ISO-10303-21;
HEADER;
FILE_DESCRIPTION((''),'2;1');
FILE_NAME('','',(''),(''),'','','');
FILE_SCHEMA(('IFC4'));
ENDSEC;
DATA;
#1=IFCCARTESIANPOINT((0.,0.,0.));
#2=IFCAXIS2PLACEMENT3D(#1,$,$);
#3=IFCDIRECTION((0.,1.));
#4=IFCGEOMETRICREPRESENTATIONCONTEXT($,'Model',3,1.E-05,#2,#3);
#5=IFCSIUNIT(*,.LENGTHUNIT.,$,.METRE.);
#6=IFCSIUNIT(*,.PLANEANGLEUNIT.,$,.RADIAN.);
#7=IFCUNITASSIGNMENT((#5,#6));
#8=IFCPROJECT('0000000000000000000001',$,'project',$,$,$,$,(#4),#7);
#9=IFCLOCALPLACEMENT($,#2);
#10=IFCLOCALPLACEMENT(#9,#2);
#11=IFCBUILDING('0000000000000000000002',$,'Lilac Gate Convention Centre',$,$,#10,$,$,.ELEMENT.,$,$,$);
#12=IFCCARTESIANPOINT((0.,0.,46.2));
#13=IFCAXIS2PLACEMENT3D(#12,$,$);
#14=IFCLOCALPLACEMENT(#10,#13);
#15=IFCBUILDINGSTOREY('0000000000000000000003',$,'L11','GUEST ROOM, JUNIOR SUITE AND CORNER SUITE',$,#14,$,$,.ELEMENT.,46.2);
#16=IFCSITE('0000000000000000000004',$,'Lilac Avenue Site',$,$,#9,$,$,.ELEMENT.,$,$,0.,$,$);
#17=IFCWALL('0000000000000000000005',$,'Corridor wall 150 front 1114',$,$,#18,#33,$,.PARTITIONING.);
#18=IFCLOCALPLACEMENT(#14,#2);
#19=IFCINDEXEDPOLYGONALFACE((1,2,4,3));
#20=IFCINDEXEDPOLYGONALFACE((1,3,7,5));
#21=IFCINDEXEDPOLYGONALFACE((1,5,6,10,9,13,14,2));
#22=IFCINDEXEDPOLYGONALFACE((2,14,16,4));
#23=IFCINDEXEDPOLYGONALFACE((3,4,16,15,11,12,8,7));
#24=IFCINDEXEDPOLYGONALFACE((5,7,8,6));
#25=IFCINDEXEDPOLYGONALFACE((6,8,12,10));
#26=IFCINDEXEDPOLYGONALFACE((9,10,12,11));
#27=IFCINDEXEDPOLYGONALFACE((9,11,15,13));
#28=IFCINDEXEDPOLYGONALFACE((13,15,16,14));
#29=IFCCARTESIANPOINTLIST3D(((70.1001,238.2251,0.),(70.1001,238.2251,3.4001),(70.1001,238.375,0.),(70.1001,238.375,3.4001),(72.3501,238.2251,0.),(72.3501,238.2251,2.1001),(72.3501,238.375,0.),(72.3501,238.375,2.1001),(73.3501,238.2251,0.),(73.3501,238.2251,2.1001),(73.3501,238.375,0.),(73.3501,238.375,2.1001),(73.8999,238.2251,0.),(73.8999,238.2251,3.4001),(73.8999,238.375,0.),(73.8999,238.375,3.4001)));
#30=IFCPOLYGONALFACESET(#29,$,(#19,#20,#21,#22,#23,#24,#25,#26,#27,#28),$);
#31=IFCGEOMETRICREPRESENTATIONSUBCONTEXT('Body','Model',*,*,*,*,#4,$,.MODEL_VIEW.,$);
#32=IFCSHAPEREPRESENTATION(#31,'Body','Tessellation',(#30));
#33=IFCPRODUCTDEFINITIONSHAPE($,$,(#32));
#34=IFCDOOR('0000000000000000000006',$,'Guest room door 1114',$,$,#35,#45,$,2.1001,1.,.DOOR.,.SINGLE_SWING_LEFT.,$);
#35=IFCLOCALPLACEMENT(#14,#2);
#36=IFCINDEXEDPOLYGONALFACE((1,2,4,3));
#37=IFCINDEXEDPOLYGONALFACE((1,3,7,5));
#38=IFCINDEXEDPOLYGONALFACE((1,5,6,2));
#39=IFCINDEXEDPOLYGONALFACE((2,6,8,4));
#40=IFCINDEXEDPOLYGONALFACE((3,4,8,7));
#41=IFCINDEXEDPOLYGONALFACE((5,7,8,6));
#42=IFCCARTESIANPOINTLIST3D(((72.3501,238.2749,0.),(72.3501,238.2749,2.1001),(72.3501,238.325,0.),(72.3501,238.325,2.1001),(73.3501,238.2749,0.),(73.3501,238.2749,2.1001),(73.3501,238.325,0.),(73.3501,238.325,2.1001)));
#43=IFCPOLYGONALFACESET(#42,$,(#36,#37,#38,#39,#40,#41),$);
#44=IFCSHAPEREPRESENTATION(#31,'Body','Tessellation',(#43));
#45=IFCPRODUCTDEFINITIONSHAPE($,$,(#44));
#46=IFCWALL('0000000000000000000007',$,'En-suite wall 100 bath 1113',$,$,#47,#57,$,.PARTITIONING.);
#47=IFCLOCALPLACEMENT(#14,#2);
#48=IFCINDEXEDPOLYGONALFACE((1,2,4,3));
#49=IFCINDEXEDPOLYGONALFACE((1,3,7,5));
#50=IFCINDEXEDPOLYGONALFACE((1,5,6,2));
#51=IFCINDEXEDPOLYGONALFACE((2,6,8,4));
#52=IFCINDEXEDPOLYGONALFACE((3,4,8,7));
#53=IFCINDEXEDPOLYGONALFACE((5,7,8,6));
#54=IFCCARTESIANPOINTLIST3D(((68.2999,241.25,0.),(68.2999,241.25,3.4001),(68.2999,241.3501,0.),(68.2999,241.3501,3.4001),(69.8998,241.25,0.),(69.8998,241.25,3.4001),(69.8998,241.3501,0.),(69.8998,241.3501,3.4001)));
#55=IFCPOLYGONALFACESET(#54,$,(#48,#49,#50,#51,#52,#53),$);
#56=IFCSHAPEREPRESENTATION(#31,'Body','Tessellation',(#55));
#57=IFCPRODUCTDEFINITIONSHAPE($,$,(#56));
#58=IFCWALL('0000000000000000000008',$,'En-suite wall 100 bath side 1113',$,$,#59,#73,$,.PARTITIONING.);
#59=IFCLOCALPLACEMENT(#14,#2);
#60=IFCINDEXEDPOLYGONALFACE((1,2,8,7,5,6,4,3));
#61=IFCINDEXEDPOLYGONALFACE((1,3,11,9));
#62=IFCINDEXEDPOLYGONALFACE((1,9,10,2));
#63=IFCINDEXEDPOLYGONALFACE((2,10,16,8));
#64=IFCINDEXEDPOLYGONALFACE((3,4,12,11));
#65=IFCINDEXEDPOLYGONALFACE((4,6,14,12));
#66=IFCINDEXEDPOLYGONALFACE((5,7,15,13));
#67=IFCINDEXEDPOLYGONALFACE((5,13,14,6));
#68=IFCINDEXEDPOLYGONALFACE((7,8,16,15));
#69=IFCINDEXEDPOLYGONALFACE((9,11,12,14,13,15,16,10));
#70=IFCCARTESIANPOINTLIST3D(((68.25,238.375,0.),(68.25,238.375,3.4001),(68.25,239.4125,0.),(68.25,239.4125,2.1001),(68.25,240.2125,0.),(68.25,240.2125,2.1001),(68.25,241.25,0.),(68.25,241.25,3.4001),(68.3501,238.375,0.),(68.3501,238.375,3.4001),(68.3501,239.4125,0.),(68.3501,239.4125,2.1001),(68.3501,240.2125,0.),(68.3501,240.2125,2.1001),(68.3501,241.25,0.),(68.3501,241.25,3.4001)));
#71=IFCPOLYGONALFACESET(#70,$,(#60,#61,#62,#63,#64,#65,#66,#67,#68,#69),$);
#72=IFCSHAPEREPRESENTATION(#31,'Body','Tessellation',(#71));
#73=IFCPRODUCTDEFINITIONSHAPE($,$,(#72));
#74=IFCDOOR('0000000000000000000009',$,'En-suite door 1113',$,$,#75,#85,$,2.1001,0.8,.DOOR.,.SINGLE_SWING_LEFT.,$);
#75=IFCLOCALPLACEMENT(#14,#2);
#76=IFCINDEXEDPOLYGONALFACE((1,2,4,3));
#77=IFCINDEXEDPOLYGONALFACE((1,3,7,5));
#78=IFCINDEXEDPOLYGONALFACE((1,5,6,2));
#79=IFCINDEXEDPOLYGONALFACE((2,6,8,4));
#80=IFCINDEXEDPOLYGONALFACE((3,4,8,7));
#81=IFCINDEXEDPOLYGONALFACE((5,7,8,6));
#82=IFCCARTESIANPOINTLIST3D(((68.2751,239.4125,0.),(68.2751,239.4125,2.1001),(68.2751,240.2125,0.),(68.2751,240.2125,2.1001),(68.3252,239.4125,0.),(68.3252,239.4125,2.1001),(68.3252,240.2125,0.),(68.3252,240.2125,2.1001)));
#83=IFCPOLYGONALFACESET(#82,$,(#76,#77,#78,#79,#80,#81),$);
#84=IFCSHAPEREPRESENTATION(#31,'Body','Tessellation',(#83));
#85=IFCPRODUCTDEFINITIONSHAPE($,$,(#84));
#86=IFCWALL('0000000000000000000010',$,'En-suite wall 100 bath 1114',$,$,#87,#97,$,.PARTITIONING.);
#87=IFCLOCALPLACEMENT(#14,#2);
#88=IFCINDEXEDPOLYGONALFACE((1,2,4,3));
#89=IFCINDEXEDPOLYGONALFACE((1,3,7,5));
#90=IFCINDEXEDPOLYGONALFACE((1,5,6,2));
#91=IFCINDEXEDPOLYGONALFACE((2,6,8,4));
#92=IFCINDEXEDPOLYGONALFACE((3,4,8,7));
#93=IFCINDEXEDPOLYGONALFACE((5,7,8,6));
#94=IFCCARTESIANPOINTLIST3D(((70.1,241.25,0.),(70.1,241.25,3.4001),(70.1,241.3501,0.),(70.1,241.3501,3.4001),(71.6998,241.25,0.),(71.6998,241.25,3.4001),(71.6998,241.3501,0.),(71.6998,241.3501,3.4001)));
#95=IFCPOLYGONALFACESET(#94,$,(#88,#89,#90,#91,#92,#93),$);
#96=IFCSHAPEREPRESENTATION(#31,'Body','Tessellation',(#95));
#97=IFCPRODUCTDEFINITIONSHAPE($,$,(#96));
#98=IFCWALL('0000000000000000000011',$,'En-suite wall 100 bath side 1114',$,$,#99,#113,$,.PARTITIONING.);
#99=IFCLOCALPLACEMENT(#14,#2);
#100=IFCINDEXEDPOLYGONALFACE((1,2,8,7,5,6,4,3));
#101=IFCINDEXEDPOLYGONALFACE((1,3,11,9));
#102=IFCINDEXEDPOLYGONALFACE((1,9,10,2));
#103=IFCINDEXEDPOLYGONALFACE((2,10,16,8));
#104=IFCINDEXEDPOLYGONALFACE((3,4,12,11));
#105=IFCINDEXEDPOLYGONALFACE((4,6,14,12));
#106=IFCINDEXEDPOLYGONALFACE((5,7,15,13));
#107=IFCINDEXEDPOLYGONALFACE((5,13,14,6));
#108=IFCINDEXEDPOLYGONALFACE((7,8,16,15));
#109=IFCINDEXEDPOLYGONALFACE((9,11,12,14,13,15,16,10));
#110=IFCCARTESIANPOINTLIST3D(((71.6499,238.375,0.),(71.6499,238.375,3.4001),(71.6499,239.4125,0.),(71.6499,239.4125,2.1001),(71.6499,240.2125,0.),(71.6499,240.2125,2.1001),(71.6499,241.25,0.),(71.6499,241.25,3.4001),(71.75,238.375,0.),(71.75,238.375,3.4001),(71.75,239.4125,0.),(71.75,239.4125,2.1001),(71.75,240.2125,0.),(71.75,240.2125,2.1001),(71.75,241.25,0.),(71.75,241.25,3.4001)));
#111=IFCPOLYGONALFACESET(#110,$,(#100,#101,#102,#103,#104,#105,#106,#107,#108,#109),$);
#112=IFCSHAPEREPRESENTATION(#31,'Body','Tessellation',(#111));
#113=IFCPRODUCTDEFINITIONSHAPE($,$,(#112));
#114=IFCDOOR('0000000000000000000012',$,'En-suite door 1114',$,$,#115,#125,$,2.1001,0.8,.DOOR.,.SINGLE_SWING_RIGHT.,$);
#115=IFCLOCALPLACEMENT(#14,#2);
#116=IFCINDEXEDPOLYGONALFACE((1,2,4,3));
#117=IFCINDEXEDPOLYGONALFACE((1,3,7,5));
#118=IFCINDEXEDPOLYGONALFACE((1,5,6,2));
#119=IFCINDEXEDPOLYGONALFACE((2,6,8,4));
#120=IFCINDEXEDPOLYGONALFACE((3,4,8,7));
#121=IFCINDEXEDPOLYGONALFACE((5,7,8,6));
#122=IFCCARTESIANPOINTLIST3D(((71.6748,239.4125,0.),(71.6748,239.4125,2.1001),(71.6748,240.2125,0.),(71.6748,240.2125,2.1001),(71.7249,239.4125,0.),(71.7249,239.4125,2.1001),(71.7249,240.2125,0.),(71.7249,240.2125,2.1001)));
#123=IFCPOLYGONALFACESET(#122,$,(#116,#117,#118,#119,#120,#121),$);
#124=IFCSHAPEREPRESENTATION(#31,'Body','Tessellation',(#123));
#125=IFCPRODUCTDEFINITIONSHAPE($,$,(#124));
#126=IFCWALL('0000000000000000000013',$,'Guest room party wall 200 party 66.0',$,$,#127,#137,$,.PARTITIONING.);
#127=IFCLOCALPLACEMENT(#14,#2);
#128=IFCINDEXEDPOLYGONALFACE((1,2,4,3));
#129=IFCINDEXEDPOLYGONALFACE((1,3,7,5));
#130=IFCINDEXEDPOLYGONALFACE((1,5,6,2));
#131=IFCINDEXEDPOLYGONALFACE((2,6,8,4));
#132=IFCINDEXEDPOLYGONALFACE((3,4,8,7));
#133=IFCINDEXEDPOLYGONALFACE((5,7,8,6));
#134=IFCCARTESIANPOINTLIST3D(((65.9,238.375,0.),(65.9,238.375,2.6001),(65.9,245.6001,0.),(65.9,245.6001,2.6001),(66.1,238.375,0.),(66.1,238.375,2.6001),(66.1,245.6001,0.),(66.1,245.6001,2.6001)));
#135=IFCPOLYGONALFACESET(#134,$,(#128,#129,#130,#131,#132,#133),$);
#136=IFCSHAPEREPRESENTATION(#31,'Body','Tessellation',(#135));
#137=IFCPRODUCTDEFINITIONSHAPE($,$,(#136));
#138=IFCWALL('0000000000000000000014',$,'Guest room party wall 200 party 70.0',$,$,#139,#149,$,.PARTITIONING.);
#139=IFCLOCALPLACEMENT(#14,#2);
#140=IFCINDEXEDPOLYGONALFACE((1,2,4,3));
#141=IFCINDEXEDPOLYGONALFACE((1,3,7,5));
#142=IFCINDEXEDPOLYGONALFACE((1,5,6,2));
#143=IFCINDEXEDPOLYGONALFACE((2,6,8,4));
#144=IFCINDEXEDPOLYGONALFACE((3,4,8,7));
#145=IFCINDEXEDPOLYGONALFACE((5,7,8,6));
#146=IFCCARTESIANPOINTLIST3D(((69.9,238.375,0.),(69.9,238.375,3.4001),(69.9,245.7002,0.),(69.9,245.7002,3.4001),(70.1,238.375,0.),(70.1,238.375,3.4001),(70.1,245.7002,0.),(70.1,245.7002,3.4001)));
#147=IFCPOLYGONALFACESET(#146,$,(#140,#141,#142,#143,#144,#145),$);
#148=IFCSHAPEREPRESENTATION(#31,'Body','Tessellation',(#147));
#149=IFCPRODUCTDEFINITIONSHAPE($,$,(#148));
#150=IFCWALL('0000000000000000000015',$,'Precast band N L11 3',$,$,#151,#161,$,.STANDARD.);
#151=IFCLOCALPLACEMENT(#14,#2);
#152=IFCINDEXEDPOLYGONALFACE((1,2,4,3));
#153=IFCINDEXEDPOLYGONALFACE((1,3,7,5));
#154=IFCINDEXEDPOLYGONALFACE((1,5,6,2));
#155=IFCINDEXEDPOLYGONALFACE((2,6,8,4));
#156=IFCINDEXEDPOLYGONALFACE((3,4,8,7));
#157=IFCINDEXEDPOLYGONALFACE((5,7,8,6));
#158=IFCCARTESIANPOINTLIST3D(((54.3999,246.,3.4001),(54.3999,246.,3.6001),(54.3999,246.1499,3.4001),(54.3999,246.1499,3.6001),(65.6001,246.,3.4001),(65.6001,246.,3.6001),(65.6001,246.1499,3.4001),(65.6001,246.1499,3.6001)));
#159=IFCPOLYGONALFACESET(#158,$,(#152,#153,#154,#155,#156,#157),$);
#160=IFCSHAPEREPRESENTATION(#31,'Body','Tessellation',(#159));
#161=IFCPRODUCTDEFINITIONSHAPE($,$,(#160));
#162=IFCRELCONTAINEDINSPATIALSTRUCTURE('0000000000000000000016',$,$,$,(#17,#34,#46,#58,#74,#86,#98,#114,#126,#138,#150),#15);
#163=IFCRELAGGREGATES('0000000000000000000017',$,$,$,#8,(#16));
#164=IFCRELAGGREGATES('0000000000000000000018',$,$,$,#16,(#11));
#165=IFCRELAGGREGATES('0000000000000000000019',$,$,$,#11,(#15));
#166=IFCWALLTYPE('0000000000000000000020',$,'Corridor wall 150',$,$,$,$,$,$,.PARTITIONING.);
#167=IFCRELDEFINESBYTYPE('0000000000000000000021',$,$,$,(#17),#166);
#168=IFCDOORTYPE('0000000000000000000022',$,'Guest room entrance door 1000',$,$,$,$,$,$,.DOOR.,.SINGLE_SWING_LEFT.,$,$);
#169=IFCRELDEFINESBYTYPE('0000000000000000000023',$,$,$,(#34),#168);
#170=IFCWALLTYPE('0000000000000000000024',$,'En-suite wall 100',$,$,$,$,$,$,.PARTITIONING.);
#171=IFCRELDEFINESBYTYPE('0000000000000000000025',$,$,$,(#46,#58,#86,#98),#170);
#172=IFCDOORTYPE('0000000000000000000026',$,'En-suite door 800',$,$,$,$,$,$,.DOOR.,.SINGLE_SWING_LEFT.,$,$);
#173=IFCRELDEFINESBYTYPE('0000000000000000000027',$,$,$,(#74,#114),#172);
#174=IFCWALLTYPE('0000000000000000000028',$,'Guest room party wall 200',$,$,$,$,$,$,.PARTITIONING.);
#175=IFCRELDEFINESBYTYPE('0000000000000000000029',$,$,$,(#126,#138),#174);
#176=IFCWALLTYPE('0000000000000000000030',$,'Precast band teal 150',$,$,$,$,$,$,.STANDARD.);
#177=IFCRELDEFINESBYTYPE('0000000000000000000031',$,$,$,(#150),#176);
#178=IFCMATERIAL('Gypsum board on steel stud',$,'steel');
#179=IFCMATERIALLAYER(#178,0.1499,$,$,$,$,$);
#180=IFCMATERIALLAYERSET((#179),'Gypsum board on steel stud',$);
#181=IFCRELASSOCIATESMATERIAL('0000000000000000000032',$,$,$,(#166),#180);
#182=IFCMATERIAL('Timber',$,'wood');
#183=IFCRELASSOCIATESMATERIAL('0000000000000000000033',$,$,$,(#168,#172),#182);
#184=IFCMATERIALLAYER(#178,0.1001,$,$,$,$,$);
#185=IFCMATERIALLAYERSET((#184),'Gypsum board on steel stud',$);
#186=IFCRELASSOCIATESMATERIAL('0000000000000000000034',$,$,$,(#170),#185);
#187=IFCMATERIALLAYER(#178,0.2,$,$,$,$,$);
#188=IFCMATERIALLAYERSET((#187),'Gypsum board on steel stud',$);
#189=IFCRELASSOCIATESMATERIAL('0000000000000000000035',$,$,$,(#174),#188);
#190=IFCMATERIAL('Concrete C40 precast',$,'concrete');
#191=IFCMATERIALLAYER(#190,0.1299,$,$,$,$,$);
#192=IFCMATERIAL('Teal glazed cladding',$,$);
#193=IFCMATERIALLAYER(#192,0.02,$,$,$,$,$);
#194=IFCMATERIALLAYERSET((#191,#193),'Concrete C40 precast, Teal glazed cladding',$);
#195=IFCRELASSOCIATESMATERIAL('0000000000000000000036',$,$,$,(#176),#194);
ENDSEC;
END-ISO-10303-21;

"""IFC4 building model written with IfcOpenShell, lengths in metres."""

from ifc_helpers import new_model, si_unit, direction, frame, frame_2d, origin, place, context, subcontext, project, spatial, rectangle, extrude, material, layer, layer_set, type_object, element, fill, save


model = new_model("IFC4")

# Units and contexts
model_context = context("Model", 3, precision=1e-05, world=origin(), true_north=direction((0.0, 1.0)))
body_context = subcontext(model_context, "Body", "Model", "MODEL_VIEW")
ifc_project = project(units=[si_unit("LENGTHUNIT", "METRE"), si_unit("PLANEANGLEUNIT", "RADIAN")], contexts=[model_context])

# Site, building, storey
site_placement = place(None, origin())
site = spatial("IfcSite", under=ifc_project, at=site_placement, Name="Lilac Avenue Site", CompositionType="ELEMENT", RefElevation=0.0)
building_placement = place(site_placement, origin())
building = spatial("IfcBuilding", under=site, at=building_placement, Name="Lilac Gate Convention Centre", CompositionType="ELEMENT")
storey_placement = place(building_placement, frame((0.0, 0.0, 46.2)))
storey = spatial("IfcBuildingStorey", under=building, at=storey_placement, Name="L11", Description="GUEST ROOM, JUNIOR SUITE AND CORNER SUITE", CompositionType="ELEMENT", Elevation=46.2)

# Wall, opening, door
ifc_material_1 = material(Name="Gypsum board on steel stud", Category="steel")
ifc_layer_1 = layer(ifc_material_1, 0.1499)
ifc_layer_set_1 = layer_set([ifc_layer_1], Name="Gypsum board on steel stud")
wall_type_1 = type_object("IfcWallType", Name="Corridor wall 150", PredefinedType="PARTITIONING", material=ifc_layer_set_1)
ifc_material_2 = material(Name="Timber", Category="wood")
door_type_1 = type_object("IfcDoorType", Name="Guest room entrance door 1000", OperationType="SINGLE_SWING_LEFT", PredefinedType="DOOR", material=ifc_material_2)
wall_1_placement = place(storey_placement, frame((70.1001, 238.3, 0.0), z_axis=(0.0, 0.0, 1.0), x_axis=(1.0, 0.0, 0.0)))
wall_1 = element("IfcWall", 1, at=wall_1_placement, inside=storey, type_object=wall_type_1, Name="Corridor wall 150 front 1114", PredefinedType="PARTITIONING", context=body_context, shape_type="SweptSolid", body=[
    extrude(rectangle(XDim=3.7998, YDim=0.1499, at=frame_2d((1.8999, 0.0))), origin(), (0.0, 0.0, 1.0), 3.4001),
])
opening_1_placement = place(wall_1_placement, frame((2.25, 0.0, 0.0)))
opening_1 = element("IfcOpeningElement", 2, at=opening_1_placement, cuts=wall_1, PredefinedType="OPENING", context=body_context, shape_type="SweptSolid", body=[
    extrude(rectangle(XDim=1.0, YDim=2.1001, at=frame_2d((0.5, 1.05))), frame((0.0, 0.085, 0.0), z_axis=(0.0, -1.0, 0.0), x_axis=(1.0, 0.0, 0.0)), (0.0, 0.0, 1.0), 0.1699),
])
door_1_placement = place(opening_1_placement, origin())
door_1 = element("IfcDoor", 3, at=door_1_placement, inside=storey, type_object=door_type_1, Name="Guest room door 1114", OperationType="SINGLE_SWING_LEFT", OverallHeight=2.1001, OverallWidth=1.0, PredefinedType="DOOR", context=body_context, shape_type="SweptSolid", body=[
    extrude(rectangle(XDim=1.0, YDim=2.1001, at=frame_2d((0.5, 1.05))), frame((0.0, 0.0249, 0.0), z_axis=(0.0, -1.0, 0.0), x_axis=(1.0, 0.0, 0.0)), (0.0, 0.0, 1.0), 0.05),
])
fill(opening_1, door_1)

# Wall
ifc_layer_2 = layer(ifc_material_1, 0.1001)
ifc_layer_set_2 = layer_set([ifc_layer_2], Name="Gypsum board on steel stud")
wall_type_2 = type_object("IfcWallType", Name="En-suite wall 100", PredefinedType="PARTITIONING", material=ifc_layer_set_2)
wall_2_placement = place(storey_placement, frame((68.3, 241.3, 0.0), z_axis=(0.0, 0.0, 1.0), x_axis=(1.0, 0.0, 0.0)))
element("IfcWall", 4, at=wall_2_placement, inside=storey, type_object=wall_type_2, Name="En-suite wall 100 bath 1113", PredefinedType="PARTITIONING", context=body_context, shape_type="SweptSolid", body=[
    extrude(rectangle(XDim=1.5999, YDim=0.1001, at=frame_2d((0.7998, 0.0))), origin(), (0.0, 0.0, 1.0), 3.4001),
])

# Wall, opening, door
wall_3_placement = place(storey_placement, frame((68.3, 238.375, 0.0), z_axis=(0.0, 0.0, 1.0), x_axis=(0.0, 1.0, 0.0)))
wall_3 = element("IfcWall", 5, at=wall_3_placement, inside=storey, type_object=wall_type_2, Name="En-suite wall 100 bath side 1113", PredefinedType="PARTITIONING", context=body_context, shape_type="SweptSolid", body=[
    extrude(rectangle(XDim=2.875, YDim=0.1001, at=frame_2d((1.4375, 0.0))), origin(), (0.0, 0.0, 1.0), 3.4001),
])
opening_2_placement = place(wall_3_placement, frame((1.0376, 0.0, 0.0)))
opening_2 = element("IfcOpeningElement", 6, at=opening_2_placement, cuts=wall_3, PredefinedType="OPENING", context=body_context, shape_type="SweptSolid", body=[
    extrude(rectangle(XDim=0.8, YDim=2.1001, at=frame_2d((0.3999, 1.05))), frame((0.0, 0.0601, 0.0), z_axis=(0.0, -1.0, 0.0), x_axis=(1.0, 0.0, 0.0)), (0.0, 0.0, 1.0), 0.1201),
])
door_type_2 = type_object("IfcDoorType", Name="En-suite door 800", OperationType="SINGLE_SWING_LEFT", PredefinedType="DOOR", material=ifc_material_2)
door_2_placement = place(opening_2_placement, origin())
door_2 = element("IfcDoor", 7, at=door_2_placement, inside=storey, type_object=door_type_2, Name="En-suite door 1113", OperationType="SINGLE_SWING_LEFT", OverallHeight=2.1001, OverallWidth=0.8, PredefinedType="DOOR", context=body_context, shape_type="SweptSolid", body=[
    extrude(rectangle(XDim=0.8, YDim=2.1001, at=frame_2d((0.3999, 1.05))), frame((0.0, 0.0249, 0.0), z_axis=(0.0, -1.0, 0.0), x_axis=(1.0, 0.0, 0.0)), (0.0, 0.0, 1.0), 0.05),
])
fill(opening_2, door_2)

# Wall
wall_4_placement = place(storey_placement, frame((70.1001, 241.3, 0.0), z_axis=(0.0, 0.0, 1.0), x_axis=(1.0, 0.0, 0.0)))
element("IfcWall", 8, at=wall_4_placement, inside=storey, type_object=wall_type_2, Name="En-suite wall 100 bath 1114", PredefinedType="PARTITIONING", context=body_context, shape_type="SweptSolid", body=[
    extrude(rectangle(XDim=1.5999, YDim=0.1001, at=frame_2d((0.7998, 0.0))), origin(), (0.0, 0.0, 1.0), 3.4001),
])

# Wall, opening, door
wall_5_placement = place(storey_placement, frame((71.7, 241.25, 0.0), z_axis=(0.0, 0.0, 1.0), x_axis=(0.0, -1.0, 0.0)))
wall_5 = element("IfcWall", 9, at=wall_5_placement, inside=storey, type_object=wall_type_2, Name="En-suite wall 100 bath side 1114", PredefinedType="PARTITIONING", context=body_context, shape_type="SweptSolid", body=[
    extrude(rectangle(XDim=2.875, YDim=0.1001, at=frame_2d((1.4375, 0.0))), origin(), (0.0, 0.0, 1.0), 3.4001),
])
opening_3_placement = place(wall_5_placement, frame((1.0376, 0.0, 0.0)))
opening_3 = element("IfcOpeningElement", 10, at=opening_3_placement, cuts=wall_5, PredefinedType="OPENING", context=body_context, shape_type="SweptSolid", body=[
    extrude(rectangle(XDim=0.8, YDim=2.1001, at=frame_2d((0.3999, 1.05))), frame((0.0, 0.0601, 0.0), z_axis=(0.0, -1.0, 0.0), x_axis=(1.0, 0.0, 0.0)), (0.0, 0.0, 1.0), 0.1201),
])
door_3_placement = place(opening_3_placement, origin())
door_3 = element("IfcDoor", 11, at=door_3_placement, inside=storey, type_object=door_type_2, Name="En-suite door 1114", OperationType="SINGLE_SWING_RIGHT", OverallHeight=2.1001, OverallWidth=0.8, PredefinedType="DOOR", context=body_context, shape_type="SweptSolid", body=[
    extrude(rectangle(XDim=0.8, YDim=2.1001, at=frame_2d((0.3999, 1.05))), frame((0.0, 0.0249, 0.0), z_axis=(0.0, -1.0, 0.0), x_axis=(1.0, 0.0, 0.0)), (0.0, 0.0, 1.0), 0.05),
])
fill(opening_3, door_3)

# Walls
ifc_layer_3 = layer(ifc_material_1, 0.2)
ifc_layer_set_3 = layer_set([ifc_layer_3], Name="Gypsum board on steel stud")
wall_type_3 = type_object("IfcWallType", Name="Guest room party wall 200", PredefinedType="PARTITIONING", material=ifc_layer_set_3)
wall_6_placement = place(storey_placement, frame((66.0, 245.6001, 0.0), z_axis=(0.0, 0.0, 1.0), x_axis=(0.0, -1.0, 0.0)))
element("IfcWall", 12, at=wall_6_placement, inside=storey, type_object=wall_type_3, Name="Guest room party wall 200 party 66.0", PredefinedType="PARTITIONING", context=body_context, shape_type="SweptSolid", body=[
    extrude(rectangle(XDim=7.2251, YDim=0.2, at=frame_2d((3.6125, 0.0))), origin(), (0.0, 0.0, 1.0), 2.6001),
])
wall_7_placement = place(storey_placement, frame((70.0, 245.7002, 0.0), z_axis=(0.0, 0.0, 1.0), x_axis=(0.0, -1.0, 0.0)))
element("IfcWall", 13, at=wall_7_placement, inside=storey, type_object=wall_type_3, Name="Guest room party wall 200 party 70.0", PredefinedType="PARTITIONING", context=body_context, shape_type="SweptSolid", body=[
    extrude(rectangle(XDim=7.3252, YDim=0.2, at=frame_2d((3.6626, 0.0))), origin(), (0.0, 0.0, 1.0), 3.4001),
])
ifc_material_3 = material(Name="Concrete C40 precast", Category="concrete")
ifc_layer_4 = layer(ifc_material_3, 0.1299)
ifc_material_4 = material(Name="Teal glazed cladding")
ifc_layer_5 = layer(ifc_material_4, 0.02)
ifc_layer_set_4 = layer_set([ifc_layer_4, ifc_layer_5], Name="Concrete C40 precast, Teal glazed cladding")
wall_type_4 = type_object("IfcWallType", Name="Precast band teal 150", PredefinedType="STANDARD", material=ifc_layer_set_4)
wall_8_placement = place(storey_placement, frame((65.6001, 246.075, 3.4001), z_axis=(0.0, 0.0, 1.0), x_axis=(-1.0, 0.0, 0.0)))
element("IfcWall", 14, at=wall_8_placement, inside=storey, type_object=wall_type_4, Name="Precast band N L11 3", PredefinedType="STANDARD", context=body_context, shape_type="SweptSolid", body=[
    extrude(rectangle(XDim=11.2002, YDim=0.1499, at=frame_2d((5.6001, 0.0))), origin(), (0.0, 0.0, 1.0), 0.2),
])

save(model, "model.ifc")
